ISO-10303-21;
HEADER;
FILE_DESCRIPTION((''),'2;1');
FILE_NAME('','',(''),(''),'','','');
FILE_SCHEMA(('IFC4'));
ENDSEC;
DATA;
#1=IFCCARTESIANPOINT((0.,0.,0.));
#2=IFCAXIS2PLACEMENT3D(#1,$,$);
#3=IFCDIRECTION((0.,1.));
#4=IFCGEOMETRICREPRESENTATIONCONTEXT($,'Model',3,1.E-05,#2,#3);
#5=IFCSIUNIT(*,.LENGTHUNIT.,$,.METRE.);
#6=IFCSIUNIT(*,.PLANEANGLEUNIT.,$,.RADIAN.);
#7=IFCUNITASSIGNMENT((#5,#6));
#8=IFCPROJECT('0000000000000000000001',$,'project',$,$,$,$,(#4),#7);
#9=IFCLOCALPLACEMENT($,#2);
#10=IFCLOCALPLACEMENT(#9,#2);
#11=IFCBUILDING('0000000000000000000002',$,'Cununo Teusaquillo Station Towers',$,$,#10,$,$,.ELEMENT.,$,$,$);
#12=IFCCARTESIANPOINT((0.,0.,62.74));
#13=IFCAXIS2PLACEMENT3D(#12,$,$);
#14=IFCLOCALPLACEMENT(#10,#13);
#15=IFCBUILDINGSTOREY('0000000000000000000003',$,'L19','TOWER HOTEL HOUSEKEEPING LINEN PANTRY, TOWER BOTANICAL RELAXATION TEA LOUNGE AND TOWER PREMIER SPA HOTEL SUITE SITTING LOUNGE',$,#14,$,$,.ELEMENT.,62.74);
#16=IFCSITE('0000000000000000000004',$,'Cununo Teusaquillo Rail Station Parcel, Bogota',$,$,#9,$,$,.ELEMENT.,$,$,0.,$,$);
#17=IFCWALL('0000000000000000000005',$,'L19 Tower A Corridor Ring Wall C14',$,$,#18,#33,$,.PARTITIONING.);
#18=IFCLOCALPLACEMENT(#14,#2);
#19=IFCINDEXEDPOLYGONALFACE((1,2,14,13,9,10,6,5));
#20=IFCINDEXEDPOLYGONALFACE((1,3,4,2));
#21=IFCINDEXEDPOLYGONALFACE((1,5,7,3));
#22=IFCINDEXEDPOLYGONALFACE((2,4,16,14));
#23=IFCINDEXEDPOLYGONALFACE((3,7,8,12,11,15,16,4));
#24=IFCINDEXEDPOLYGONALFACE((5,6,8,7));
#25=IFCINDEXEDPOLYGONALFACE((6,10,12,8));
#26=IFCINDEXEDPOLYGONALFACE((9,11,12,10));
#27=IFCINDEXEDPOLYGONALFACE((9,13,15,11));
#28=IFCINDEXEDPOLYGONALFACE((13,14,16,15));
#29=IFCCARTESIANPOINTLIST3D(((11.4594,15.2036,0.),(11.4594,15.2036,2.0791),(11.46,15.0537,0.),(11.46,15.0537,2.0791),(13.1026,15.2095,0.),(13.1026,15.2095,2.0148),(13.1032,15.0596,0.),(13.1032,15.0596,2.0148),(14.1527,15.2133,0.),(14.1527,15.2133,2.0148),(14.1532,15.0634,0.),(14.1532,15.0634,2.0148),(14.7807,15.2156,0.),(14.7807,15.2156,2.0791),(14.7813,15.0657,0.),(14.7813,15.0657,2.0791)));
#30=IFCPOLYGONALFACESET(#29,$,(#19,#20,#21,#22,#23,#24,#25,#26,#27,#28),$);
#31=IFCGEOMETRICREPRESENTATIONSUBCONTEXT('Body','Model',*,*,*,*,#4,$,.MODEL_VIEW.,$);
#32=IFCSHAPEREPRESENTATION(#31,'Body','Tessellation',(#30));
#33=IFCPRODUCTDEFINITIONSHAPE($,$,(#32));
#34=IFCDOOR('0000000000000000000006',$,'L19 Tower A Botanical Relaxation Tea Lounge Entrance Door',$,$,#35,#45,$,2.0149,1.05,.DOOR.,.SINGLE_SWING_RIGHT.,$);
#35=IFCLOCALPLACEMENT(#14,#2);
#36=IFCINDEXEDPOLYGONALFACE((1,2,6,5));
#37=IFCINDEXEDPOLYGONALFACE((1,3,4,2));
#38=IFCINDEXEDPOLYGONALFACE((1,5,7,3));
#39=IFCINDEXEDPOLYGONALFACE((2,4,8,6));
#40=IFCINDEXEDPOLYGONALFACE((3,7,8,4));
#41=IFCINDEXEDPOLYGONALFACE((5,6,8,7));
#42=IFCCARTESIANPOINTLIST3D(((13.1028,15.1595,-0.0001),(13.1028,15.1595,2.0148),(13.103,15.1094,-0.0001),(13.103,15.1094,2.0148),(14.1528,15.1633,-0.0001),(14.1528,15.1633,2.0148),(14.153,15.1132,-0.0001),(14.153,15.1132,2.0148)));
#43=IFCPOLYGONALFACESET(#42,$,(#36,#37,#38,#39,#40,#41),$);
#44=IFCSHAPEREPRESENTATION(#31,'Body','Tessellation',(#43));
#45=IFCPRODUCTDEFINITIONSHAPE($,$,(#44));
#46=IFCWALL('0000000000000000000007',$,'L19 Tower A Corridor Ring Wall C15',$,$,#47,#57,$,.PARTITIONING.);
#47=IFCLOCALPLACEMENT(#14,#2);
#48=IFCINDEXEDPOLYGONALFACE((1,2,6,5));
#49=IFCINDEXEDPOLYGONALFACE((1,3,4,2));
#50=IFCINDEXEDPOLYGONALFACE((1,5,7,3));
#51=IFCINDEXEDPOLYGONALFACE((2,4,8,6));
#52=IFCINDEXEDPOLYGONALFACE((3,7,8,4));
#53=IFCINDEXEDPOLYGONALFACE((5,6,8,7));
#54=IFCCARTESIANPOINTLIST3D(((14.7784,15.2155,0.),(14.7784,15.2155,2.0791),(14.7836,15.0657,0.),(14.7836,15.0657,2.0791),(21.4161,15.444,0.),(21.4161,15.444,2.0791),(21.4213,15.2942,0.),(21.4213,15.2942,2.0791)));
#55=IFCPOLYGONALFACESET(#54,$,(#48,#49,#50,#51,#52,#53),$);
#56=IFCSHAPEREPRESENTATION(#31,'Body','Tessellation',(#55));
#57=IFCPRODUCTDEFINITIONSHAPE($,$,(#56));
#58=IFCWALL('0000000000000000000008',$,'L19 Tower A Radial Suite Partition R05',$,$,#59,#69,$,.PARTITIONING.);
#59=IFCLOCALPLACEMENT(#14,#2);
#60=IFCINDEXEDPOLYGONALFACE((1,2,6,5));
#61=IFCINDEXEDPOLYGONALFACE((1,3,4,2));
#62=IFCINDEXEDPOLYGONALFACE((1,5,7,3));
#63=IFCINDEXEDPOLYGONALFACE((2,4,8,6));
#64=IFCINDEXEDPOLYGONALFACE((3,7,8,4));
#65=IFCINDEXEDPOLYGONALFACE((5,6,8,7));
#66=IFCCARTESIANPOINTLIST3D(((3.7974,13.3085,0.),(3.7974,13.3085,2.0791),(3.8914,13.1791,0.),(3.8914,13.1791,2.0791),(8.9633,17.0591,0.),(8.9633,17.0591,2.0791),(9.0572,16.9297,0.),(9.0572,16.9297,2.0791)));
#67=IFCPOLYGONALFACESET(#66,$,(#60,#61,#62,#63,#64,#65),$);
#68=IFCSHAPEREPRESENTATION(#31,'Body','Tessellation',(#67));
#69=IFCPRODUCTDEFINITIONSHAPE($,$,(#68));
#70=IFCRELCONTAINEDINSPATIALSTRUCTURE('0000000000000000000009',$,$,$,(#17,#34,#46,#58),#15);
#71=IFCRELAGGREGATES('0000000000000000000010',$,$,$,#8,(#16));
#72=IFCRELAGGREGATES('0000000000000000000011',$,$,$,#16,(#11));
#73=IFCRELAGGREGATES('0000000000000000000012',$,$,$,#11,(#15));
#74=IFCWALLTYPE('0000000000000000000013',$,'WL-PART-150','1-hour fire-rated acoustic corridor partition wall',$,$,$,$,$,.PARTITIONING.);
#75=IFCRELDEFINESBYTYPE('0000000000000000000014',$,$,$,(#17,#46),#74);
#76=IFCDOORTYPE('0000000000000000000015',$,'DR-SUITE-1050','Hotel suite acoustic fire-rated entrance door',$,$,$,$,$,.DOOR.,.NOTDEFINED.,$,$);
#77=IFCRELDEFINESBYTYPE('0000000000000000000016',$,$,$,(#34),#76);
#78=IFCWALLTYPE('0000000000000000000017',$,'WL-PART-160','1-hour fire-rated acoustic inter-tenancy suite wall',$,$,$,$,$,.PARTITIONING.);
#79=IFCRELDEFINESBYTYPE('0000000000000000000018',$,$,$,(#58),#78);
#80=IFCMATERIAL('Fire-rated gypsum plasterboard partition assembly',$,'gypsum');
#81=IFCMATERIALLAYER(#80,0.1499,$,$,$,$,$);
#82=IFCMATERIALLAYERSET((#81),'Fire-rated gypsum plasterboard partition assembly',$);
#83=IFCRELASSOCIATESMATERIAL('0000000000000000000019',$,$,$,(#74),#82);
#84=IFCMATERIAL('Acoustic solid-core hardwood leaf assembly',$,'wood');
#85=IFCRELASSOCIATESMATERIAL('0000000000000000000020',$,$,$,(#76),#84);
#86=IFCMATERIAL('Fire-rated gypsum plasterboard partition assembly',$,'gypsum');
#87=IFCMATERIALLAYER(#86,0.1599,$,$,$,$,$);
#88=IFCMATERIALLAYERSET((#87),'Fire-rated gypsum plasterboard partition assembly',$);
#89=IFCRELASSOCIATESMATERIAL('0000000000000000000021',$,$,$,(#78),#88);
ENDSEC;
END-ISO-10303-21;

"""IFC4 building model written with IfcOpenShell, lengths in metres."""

from ifc_helpers import new_model, si_unit, direction, frame, frame_2d, origin, place, context, subcontext, project, spatial, rectangle, extrude, source, transform, mapped, material, layer, layer_set, type_object, element, fill, save


model = new_model("IFC4")

# Units and contexts
model_context = context("Model", 3, precision=1e-05, world=origin(), true_north=direction((0.0, 1.0)))
body_context = subcontext(model_context, "Body", "Model", "MODEL_VIEW")
ifc_project = project(units=[si_unit("LENGTHUNIT", "METRE"), si_unit("PLANEANGLEUNIT", "RADIAN")], contexts=[model_context])

# Site, building, storey
site_placement = place(None, origin())
site = spatial("IfcSite", under=ifc_project, at=site_placement, Name="Cununo Teusaquillo Rail Station Parcel, Bogota", CompositionType="ELEMENT", RefElevation=0.0)
building_placement = place(site_placement, origin())
building = spatial("IfcBuilding", under=site, at=building_placement, Name="Cununo Teusaquillo Station Towers", CompositionType="ELEMENT")
storey_placement = place(building_placement, frame((0.0, 0.0, 62.74)))
storey = spatial("IfcBuildingStorey", under=building, at=storey_placement, Name="L19", Description="TOWER HOTEL HOUSEKEEPING LINEN PANTRY, TOWER BOTANICAL RELAXATION TEA LOUNGE AND TOWER PREMIER SPA HOTEL SUITE SITTING LOUNGE", CompositionType="ELEMENT", Elevation=62.74)

# Shared definitions
ifc_material_1 = material(Name="Fire-rated gypsum plasterboard partition assembly", Category="gypsum")
ifc_layer_1 = layer(ifc_material_1, 0.1499)
ifc_layer_set_1 = layer_set([ifc_layer_1], Name="Fire-rated gypsum plasterboard partition assembly")
wall_type_1 = type_object("IfcWallType", Name="WL-PART-150", Description="1-hour fire-rated acoustic corridor partition wall", PredefinedType="PARTITIONING", material=ifc_layer_set_1)

# Wall, opening, door
wall_1_placement = place(storey_placement, frame((11.4597, 15.1287, 0.0), z_axis=(0.0, 0.0, 1.0), x_axis=(0.999994, 0.003602, 0.0)))
wall_1 = element("IfcWall", 1, at=wall_1_placement, inside=storey, type_object=wall_type_1, Name="L19 Tower A Corridor Ring Wall C14", PredefinedType="PARTITIONING", context=body_context, shape_type="SweptSolid", body=[
    extrude(rectangle(XDim=3.3213, YDim=0.1499, at=frame_2d((1.6606, 0.0))), origin(), (0.0, 0.0, 1.0), 2.0791),
])
shared_shape_1 = source(origin(), body_context, "Body", "SweptSolid", [
    extrude(rectangle(XDim=1.05, YDim=2.0149, at=frame_2d((0.5249, 1.0073))), frame((0.0, 0.085, 0.0), z_axis=(0.0, -1.0, 0.0), x_axis=(1.0, 0.0, 0.0)), (0.0, 0.0, 1.0), 0.1699),
])
opening_1_placement = place(wall_1_placement, frame((1.6433, 0.0, 0.0)))
opening_1 = element("IfcOpeningElement", 2, at=opening_1_placement, cuts=wall_1, PredefinedType="OPENING", context=body_context, shape_type="MappedRepresentation", body=[
    mapped(shared_shape_1, transform((0.0, 0.0, 0.0), x_axis=(1.0, 0.0, 0.0), y_axis=(0.0, 1.0, 0.0), z_axis=(0.0, 0.0, 1.0), scale=1.0)),
])
ifc_material_2 = material(Name="Acoustic solid-core hardwood leaf assembly", Category="wood")
door_type_1 = type_object("IfcDoorType", Name="DR-SUITE-1050", Description="Hotel suite acoustic fire-rated entrance door", OperationType="NOTDEFINED", PredefinedType="DOOR", material=ifc_material_2)
shared_shape_2 = source(origin(), body_context, "Body", "SweptSolid", [
    extrude(rectangle(XDim=1.05, YDim=2.0149, at=frame_2d((0.5249, 1.0073))), frame((0.0, 0.0249, 0.0), z_axis=(0.0, -1.0, 0.0), x_axis=(1.0, 0.0, 0.0)), (0.0, 0.0, 1.0), 0.05),
])
door_1_placement = place(opening_1_placement, origin())
door_1 = element("IfcDoor", 3, at=door_1_placement, inside=storey, type_object=door_type_1, Name="L19 Tower A Botanical Relaxation Tea Lounge Entrance Door", OperationType="SINGLE_SWING_RIGHT", OverallHeight=2.0149, OverallWidth=1.05, PredefinedType="DOOR", context=body_context, shape_type="MappedRepresentation", body=[
    mapped(shared_shape_2, transform((0.0, 0.0, 0.0), x_axis=(1.0, 0.0, 0.0), y_axis=(0.0, 1.0, 0.0), z_axis=(0.0, 0.0, 1.0), scale=1.0)),
])
fill(opening_1, door_1)

# Walls
wall_2_placement = place(storey_placement, frame((14.781, 15.1406, 0.0), z_axis=(0.0, 0.0, 1.0), x_axis=(0.999408, 0.034407, 0.0)))
element("IfcWall", 4, at=wall_2_placement, inside=storey, type_object=wall_type_1, Name="L19 Tower A Corridor Ring Wall C15", PredefinedType="PARTITIONING", context=body_context, shape_type="SweptSolid", body=[
    extrude(rectangle(XDim=6.6416, YDim=0.1499, at=frame_2d((3.3208, 0.0))), origin(), (0.0, 0.0, 1.0), 2.0791),
])
ifc_material_3 = material(Name="Fire-rated gypsum plasterboard partition assembly", Category="gypsum")
ifc_layer_2 = layer(ifc_material_3, 0.1599)
ifc_layer_set_2 = layer_set([ifc_layer_2], Name="Fire-rated gypsum plasterboard partition assembly")
wall_type_2 = type_object("IfcWallType", Name="WL-PART-160", Description="1-hour fire-rated acoustic inter-tenancy suite wall", PredefinedType="PARTITIONING", material=ifc_layer_set_2)
wall_3_placement = place(storey_placement, frame((9.0103, 16.9944, 0.0), z_axis=(0.0, 0.0, 1.0), x_axis=(-0.809215, -0.587512, 0.0)))
element("IfcWall", 5, at=wall_3_placement, inside=storey, type_object=wall_type_2, Name="L19 Tower A Radial Suite Partition R05", PredefinedType="PARTITIONING", context=body_context, shape_type="SweptSolid", body=[
    extrude(rectangle(XDim=6.3838, YDim=0.1599, at=frame_2d((3.1919, 0.0))), origin(), (0.0, 0.0, 1.0), 2.0791),
])

save(model, "model.ifc")
